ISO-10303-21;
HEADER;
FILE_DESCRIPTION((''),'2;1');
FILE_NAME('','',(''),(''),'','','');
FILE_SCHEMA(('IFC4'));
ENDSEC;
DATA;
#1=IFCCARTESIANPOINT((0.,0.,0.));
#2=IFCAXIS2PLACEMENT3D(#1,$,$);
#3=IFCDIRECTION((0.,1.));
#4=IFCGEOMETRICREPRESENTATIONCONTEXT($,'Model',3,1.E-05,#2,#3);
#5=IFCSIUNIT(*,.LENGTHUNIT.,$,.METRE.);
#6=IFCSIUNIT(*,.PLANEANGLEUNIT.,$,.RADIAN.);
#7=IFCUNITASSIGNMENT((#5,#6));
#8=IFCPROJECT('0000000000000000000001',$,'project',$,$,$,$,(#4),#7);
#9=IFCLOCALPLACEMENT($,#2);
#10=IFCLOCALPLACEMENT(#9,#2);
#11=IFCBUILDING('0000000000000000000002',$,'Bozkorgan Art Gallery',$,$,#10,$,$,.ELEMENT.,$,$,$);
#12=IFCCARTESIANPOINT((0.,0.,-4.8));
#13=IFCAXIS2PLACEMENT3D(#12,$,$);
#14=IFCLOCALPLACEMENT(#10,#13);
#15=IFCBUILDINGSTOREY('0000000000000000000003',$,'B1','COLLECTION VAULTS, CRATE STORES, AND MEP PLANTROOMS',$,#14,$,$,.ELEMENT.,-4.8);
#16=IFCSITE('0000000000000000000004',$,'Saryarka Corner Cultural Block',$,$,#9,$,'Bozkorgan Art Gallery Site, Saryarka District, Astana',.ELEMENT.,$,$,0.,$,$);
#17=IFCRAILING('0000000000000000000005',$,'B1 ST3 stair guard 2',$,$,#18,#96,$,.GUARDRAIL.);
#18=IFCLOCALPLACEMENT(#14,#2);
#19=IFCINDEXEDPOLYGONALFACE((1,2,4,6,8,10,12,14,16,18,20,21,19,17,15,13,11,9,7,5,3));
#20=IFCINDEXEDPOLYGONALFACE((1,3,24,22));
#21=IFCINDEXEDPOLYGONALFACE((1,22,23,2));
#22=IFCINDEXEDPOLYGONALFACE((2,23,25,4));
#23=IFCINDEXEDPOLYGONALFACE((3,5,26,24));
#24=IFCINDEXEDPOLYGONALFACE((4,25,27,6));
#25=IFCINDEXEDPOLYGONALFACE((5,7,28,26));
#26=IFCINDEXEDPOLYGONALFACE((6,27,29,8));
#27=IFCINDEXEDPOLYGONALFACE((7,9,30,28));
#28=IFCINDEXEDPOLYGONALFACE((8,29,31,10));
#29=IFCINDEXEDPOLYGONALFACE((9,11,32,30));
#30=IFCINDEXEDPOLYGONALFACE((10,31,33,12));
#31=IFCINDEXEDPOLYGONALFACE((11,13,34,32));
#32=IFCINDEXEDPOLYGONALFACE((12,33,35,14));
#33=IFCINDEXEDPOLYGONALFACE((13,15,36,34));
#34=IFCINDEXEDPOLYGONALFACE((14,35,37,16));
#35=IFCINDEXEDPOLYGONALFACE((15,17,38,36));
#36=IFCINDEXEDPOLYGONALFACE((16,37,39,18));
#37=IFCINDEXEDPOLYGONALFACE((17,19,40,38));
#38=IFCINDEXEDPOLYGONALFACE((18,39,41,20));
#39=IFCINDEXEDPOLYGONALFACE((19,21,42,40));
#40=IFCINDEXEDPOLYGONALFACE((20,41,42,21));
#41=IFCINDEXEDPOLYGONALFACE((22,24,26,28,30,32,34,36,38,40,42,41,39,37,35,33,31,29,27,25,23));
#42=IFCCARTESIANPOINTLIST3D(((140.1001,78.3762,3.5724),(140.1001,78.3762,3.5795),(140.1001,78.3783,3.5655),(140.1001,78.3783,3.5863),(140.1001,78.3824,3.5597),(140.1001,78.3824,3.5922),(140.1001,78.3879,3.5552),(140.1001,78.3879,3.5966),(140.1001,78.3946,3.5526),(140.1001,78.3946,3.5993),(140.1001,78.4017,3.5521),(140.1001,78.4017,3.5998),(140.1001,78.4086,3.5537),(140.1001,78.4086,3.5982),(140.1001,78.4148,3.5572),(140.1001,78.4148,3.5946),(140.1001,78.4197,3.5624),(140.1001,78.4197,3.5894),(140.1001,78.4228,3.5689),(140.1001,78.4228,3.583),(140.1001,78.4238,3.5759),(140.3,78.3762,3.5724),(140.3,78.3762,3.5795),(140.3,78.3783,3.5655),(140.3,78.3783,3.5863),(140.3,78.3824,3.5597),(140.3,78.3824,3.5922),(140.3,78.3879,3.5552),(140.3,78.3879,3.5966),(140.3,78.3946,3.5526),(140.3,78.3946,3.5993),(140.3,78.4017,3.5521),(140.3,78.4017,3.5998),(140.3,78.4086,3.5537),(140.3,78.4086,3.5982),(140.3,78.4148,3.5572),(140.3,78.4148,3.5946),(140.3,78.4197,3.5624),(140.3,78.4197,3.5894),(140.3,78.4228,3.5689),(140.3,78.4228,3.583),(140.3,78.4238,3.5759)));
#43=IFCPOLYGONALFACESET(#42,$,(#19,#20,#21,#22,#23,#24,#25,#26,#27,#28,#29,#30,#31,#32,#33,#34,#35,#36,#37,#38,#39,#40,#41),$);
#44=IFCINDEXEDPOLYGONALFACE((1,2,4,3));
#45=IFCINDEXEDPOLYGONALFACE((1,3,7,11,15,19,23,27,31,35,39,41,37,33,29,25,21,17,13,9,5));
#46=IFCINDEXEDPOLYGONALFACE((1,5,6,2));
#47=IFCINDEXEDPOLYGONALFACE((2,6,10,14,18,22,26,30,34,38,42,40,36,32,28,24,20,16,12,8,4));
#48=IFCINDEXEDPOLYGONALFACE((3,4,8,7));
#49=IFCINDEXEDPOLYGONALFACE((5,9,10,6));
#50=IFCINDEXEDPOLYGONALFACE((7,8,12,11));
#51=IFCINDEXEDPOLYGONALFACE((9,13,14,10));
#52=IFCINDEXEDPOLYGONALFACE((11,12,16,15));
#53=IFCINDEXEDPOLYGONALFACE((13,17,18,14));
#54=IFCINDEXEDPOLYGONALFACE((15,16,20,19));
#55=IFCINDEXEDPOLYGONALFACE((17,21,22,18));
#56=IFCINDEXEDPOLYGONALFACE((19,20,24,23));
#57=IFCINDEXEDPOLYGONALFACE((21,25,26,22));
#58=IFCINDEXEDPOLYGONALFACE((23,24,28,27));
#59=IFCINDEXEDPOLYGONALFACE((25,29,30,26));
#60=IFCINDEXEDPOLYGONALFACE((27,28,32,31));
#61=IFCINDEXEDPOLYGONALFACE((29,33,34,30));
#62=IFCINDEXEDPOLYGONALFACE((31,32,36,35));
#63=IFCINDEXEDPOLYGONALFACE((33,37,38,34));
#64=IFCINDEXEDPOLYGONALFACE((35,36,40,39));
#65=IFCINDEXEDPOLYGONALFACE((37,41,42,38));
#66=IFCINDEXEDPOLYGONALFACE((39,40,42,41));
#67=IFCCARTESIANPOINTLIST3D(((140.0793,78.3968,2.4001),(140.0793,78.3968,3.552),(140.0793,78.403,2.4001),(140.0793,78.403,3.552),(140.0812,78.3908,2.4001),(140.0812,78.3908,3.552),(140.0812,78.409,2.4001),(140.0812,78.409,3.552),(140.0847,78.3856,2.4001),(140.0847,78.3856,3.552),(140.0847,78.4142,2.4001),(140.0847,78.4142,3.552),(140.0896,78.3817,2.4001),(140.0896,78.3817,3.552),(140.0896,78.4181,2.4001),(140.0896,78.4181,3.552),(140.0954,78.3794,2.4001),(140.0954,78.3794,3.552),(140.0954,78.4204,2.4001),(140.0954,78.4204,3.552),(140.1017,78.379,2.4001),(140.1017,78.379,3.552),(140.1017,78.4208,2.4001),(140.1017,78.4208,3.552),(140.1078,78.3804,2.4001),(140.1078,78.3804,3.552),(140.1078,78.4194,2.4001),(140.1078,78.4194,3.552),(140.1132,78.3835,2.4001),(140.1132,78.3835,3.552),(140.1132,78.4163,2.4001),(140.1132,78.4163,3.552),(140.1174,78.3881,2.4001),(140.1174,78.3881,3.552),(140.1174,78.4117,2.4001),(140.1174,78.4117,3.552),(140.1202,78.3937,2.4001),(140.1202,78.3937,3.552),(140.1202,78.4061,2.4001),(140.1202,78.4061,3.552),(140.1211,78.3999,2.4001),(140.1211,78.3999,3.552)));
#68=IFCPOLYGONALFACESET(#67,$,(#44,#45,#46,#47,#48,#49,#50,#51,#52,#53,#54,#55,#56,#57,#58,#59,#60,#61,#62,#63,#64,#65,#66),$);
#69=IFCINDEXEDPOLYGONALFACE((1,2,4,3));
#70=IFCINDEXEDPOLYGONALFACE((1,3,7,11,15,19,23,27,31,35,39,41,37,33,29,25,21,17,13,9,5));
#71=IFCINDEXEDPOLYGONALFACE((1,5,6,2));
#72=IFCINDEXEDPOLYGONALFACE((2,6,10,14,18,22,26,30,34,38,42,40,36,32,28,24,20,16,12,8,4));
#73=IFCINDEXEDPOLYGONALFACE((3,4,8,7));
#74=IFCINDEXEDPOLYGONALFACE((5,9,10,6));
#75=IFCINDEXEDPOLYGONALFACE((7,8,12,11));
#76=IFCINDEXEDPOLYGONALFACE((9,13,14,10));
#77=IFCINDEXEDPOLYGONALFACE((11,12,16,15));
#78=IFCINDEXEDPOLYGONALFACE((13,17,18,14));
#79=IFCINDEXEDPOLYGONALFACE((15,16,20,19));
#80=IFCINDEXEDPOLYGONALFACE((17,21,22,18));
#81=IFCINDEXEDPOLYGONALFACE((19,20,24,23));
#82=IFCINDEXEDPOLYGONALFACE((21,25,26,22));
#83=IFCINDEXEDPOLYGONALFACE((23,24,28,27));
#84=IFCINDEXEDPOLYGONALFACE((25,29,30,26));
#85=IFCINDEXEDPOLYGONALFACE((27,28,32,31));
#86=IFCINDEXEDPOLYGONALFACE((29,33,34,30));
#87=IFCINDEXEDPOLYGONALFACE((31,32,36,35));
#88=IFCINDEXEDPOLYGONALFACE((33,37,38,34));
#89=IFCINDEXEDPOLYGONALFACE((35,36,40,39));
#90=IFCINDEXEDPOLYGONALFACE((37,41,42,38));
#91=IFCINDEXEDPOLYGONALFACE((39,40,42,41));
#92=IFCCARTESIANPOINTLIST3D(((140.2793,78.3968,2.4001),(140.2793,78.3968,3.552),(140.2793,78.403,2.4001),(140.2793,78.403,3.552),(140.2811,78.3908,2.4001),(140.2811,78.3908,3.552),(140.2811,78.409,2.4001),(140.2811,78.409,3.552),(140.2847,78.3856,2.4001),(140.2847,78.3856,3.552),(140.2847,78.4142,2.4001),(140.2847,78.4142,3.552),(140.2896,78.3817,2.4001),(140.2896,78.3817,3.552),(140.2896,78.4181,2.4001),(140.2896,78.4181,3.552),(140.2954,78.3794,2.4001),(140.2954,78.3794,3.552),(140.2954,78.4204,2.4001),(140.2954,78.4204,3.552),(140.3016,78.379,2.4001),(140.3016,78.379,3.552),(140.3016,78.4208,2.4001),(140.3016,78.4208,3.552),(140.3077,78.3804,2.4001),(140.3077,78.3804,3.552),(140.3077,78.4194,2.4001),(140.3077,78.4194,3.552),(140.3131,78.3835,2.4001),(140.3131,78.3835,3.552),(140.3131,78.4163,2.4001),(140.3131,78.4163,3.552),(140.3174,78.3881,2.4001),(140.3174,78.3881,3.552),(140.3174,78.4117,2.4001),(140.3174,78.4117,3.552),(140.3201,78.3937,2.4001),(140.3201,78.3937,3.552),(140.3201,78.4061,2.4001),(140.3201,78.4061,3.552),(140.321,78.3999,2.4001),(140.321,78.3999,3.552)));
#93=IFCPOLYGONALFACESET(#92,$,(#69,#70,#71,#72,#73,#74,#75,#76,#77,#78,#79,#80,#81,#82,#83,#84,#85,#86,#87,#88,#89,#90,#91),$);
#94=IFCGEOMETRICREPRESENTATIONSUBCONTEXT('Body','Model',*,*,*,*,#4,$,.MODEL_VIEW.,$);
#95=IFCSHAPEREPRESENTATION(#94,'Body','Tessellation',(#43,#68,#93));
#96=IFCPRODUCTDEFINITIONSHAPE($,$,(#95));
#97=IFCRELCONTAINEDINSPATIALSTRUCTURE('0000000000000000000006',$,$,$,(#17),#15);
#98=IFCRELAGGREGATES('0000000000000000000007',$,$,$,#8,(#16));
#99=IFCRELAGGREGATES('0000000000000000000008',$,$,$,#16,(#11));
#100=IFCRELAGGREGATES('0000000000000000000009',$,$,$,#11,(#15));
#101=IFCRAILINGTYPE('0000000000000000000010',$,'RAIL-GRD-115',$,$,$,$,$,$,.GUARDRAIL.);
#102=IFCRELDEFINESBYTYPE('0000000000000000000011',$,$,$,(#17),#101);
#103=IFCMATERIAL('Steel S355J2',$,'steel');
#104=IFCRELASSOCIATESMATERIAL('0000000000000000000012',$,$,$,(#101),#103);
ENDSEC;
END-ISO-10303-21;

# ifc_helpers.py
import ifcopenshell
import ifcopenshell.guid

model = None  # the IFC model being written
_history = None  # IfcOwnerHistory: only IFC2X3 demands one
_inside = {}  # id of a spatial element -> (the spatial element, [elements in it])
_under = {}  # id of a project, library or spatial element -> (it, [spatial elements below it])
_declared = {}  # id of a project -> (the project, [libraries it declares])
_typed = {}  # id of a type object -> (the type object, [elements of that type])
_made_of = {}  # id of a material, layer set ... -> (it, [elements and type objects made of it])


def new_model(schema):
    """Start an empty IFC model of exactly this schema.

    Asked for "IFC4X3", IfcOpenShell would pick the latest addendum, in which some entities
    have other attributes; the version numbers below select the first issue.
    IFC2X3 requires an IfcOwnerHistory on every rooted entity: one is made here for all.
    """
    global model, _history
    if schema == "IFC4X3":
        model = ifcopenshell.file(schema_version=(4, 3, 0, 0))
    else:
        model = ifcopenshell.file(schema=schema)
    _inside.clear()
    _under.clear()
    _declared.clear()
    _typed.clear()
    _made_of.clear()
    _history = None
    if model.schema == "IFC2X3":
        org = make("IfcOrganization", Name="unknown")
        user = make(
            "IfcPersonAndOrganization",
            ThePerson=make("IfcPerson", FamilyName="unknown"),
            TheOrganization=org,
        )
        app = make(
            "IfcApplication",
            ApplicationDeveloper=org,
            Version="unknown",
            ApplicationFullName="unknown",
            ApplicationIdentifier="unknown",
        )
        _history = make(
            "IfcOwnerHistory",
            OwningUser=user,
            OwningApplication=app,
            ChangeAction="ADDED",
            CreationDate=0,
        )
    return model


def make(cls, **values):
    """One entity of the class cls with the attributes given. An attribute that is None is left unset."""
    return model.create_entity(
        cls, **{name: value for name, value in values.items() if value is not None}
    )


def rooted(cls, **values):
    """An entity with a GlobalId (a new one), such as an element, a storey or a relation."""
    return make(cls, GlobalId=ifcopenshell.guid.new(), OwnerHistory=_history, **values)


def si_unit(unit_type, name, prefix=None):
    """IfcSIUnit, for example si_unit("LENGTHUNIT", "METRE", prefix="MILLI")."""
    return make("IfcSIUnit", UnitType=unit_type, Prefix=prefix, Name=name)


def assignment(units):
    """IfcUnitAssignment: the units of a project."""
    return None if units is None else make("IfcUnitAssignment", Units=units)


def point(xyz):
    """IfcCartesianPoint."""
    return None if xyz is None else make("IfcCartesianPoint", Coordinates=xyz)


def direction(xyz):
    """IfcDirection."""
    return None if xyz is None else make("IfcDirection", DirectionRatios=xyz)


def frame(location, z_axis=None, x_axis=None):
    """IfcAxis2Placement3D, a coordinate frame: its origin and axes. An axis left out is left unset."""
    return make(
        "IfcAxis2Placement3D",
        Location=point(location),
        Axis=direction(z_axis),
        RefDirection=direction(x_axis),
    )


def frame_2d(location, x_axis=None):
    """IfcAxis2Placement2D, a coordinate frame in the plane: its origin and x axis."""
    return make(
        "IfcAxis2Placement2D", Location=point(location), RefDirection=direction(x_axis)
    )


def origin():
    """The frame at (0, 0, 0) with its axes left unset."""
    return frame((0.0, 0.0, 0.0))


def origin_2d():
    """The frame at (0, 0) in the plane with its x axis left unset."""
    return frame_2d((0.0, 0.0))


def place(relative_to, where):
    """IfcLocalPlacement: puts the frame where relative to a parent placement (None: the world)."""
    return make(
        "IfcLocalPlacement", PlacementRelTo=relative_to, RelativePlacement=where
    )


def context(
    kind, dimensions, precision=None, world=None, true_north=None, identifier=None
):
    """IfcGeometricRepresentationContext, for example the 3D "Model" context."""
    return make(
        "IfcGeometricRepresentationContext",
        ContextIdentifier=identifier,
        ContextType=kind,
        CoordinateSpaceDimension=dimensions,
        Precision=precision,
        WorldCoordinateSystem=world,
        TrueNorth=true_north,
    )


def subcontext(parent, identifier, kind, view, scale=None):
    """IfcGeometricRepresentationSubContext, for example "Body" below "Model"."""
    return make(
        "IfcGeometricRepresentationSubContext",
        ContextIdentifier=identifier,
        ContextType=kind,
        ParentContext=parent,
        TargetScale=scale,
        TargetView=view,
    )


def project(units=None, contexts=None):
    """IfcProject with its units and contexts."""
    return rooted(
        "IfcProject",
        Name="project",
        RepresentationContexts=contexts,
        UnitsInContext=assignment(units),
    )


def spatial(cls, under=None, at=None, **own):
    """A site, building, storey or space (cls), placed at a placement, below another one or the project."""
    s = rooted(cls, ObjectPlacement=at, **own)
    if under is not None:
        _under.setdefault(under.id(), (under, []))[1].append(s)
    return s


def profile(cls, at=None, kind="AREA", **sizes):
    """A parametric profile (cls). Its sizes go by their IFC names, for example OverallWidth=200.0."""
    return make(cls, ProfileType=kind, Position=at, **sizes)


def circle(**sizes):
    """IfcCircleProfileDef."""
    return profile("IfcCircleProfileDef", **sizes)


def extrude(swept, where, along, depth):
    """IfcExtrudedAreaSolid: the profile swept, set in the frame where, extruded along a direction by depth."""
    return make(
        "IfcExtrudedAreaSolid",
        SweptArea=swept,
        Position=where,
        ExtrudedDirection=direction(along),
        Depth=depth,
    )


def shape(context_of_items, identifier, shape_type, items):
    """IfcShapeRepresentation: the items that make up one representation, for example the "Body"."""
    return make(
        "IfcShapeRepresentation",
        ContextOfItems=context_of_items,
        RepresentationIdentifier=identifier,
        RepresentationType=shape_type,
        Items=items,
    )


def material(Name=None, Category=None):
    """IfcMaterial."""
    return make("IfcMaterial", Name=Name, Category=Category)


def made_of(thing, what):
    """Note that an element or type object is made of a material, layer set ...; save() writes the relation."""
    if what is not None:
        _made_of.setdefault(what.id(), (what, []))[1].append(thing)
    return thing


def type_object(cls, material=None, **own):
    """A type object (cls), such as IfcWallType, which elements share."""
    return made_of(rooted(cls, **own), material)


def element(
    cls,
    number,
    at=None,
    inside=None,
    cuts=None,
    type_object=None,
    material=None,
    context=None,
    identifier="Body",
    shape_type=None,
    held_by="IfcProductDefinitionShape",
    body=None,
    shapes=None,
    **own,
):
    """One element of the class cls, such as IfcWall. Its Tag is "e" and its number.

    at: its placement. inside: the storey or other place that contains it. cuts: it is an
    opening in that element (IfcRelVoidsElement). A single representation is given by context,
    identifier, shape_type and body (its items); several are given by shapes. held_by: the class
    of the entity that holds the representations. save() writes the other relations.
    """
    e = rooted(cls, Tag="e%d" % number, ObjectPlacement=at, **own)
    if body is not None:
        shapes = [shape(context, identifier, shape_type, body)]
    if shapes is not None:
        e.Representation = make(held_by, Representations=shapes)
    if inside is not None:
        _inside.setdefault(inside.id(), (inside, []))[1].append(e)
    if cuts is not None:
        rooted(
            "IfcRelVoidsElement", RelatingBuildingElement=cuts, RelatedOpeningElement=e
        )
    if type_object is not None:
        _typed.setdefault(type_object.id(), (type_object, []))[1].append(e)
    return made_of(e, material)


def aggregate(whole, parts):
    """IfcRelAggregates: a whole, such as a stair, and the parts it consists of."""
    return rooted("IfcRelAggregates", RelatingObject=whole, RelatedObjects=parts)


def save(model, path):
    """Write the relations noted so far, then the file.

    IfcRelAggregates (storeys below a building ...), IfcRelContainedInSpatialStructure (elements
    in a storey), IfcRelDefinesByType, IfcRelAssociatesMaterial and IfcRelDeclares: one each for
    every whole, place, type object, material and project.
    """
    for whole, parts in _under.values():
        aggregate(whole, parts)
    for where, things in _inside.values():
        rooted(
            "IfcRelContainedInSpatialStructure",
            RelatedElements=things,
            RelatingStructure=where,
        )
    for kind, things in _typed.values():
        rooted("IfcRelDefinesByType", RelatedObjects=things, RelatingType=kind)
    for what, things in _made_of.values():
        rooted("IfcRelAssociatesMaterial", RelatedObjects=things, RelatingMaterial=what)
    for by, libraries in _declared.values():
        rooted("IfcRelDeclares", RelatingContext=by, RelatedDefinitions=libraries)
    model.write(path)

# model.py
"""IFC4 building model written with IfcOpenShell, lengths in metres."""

from ifc_helpers import new_model, si_unit, direction, frame, origin, origin_2d, place, context, subcontext, project, spatial, circle, extrude, material, type_object, element, save


model = new_model("IFC4")

# Units and contexts
model_context = context("Model", 3, precision=1e-05, world=origin(), true_north=direction((0.0, 1.0)))
body_context = subcontext(model_context, "Body", "Model", "MODEL_VIEW")
ifc_project = project(units=[si_unit("LENGTHUNIT", "METRE"), si_unit("PLANEANGLEUNIT", "RADIAN")], contexts=[model_context])

# Site, building, storey
site_placement = place(None, origin())
site = spatial("IfcSite", under=ifc_project, at=site_placement, Name="Saryarka Corner Cultural Block", LongName="Bozkorgan Art Gallery Site, Saryarka District, Astana", CompositionType="ELEMENT", RefElevation=0.0)
building_placement = place(site_placement, origin())
building = spatial("IfcBuilding", under=site, at=building_placement, Name="Bozkorgan Art Gallery", CompositionType="ELEMENT")
storey_placement = place(building_placement, frame((0.0, 0.0, -4.8)))
storey = spatial("IfcBuildingStorey", under=building, at=storey_placement, Name="B1", Description="COLLECTION VAULTS, CRATE STORES, AND MEP PLANTROOMS", CompositionType="ELEMENT", Elevation=-4.8)

# Shared definitions
ifc_material_1 = material(Name="Steel S355J2", Category="steel")

# Railing
railing_type_1 = type_object("IfcRailingType", Name="RAIL-GRD-115", PredefinedType="GUARDRAIL", material=ifc_material_1)
railing_1_placement = place(storey_placement, frame((140.1001, 78.3999, 2.4001)))
element("IfcRailing", 1, at=railing_1_placement, inside=storey, type_object=railing_type_1, Name="B1 ST3 stair guard 2", PredefinedType="GUARDRAIL", context=body_context, shape_type="SweptSolid", body=[
    extrude(circle(Radius=0.0239, at=origin_2d()), frame((0.0, 0.0, 1.1758), z_axis=(1.0, 0.0, 0.0), x_axis=(0.0, 1.0, 0.0)), (0.0, 0.0, 1.0), 0.2),
    extrude(circle(Radius=0.021, at=origin_2d()), origin(), (0.0, 0.0, 1.0), 1.1519),
    extrude(circle(Radius=0.021, at=origin_2d()), frame((0.2, 0.0, 0.0)), (0.0, 0.0, 1.0), 1.1519),
])

save(model, "model.ifc")
